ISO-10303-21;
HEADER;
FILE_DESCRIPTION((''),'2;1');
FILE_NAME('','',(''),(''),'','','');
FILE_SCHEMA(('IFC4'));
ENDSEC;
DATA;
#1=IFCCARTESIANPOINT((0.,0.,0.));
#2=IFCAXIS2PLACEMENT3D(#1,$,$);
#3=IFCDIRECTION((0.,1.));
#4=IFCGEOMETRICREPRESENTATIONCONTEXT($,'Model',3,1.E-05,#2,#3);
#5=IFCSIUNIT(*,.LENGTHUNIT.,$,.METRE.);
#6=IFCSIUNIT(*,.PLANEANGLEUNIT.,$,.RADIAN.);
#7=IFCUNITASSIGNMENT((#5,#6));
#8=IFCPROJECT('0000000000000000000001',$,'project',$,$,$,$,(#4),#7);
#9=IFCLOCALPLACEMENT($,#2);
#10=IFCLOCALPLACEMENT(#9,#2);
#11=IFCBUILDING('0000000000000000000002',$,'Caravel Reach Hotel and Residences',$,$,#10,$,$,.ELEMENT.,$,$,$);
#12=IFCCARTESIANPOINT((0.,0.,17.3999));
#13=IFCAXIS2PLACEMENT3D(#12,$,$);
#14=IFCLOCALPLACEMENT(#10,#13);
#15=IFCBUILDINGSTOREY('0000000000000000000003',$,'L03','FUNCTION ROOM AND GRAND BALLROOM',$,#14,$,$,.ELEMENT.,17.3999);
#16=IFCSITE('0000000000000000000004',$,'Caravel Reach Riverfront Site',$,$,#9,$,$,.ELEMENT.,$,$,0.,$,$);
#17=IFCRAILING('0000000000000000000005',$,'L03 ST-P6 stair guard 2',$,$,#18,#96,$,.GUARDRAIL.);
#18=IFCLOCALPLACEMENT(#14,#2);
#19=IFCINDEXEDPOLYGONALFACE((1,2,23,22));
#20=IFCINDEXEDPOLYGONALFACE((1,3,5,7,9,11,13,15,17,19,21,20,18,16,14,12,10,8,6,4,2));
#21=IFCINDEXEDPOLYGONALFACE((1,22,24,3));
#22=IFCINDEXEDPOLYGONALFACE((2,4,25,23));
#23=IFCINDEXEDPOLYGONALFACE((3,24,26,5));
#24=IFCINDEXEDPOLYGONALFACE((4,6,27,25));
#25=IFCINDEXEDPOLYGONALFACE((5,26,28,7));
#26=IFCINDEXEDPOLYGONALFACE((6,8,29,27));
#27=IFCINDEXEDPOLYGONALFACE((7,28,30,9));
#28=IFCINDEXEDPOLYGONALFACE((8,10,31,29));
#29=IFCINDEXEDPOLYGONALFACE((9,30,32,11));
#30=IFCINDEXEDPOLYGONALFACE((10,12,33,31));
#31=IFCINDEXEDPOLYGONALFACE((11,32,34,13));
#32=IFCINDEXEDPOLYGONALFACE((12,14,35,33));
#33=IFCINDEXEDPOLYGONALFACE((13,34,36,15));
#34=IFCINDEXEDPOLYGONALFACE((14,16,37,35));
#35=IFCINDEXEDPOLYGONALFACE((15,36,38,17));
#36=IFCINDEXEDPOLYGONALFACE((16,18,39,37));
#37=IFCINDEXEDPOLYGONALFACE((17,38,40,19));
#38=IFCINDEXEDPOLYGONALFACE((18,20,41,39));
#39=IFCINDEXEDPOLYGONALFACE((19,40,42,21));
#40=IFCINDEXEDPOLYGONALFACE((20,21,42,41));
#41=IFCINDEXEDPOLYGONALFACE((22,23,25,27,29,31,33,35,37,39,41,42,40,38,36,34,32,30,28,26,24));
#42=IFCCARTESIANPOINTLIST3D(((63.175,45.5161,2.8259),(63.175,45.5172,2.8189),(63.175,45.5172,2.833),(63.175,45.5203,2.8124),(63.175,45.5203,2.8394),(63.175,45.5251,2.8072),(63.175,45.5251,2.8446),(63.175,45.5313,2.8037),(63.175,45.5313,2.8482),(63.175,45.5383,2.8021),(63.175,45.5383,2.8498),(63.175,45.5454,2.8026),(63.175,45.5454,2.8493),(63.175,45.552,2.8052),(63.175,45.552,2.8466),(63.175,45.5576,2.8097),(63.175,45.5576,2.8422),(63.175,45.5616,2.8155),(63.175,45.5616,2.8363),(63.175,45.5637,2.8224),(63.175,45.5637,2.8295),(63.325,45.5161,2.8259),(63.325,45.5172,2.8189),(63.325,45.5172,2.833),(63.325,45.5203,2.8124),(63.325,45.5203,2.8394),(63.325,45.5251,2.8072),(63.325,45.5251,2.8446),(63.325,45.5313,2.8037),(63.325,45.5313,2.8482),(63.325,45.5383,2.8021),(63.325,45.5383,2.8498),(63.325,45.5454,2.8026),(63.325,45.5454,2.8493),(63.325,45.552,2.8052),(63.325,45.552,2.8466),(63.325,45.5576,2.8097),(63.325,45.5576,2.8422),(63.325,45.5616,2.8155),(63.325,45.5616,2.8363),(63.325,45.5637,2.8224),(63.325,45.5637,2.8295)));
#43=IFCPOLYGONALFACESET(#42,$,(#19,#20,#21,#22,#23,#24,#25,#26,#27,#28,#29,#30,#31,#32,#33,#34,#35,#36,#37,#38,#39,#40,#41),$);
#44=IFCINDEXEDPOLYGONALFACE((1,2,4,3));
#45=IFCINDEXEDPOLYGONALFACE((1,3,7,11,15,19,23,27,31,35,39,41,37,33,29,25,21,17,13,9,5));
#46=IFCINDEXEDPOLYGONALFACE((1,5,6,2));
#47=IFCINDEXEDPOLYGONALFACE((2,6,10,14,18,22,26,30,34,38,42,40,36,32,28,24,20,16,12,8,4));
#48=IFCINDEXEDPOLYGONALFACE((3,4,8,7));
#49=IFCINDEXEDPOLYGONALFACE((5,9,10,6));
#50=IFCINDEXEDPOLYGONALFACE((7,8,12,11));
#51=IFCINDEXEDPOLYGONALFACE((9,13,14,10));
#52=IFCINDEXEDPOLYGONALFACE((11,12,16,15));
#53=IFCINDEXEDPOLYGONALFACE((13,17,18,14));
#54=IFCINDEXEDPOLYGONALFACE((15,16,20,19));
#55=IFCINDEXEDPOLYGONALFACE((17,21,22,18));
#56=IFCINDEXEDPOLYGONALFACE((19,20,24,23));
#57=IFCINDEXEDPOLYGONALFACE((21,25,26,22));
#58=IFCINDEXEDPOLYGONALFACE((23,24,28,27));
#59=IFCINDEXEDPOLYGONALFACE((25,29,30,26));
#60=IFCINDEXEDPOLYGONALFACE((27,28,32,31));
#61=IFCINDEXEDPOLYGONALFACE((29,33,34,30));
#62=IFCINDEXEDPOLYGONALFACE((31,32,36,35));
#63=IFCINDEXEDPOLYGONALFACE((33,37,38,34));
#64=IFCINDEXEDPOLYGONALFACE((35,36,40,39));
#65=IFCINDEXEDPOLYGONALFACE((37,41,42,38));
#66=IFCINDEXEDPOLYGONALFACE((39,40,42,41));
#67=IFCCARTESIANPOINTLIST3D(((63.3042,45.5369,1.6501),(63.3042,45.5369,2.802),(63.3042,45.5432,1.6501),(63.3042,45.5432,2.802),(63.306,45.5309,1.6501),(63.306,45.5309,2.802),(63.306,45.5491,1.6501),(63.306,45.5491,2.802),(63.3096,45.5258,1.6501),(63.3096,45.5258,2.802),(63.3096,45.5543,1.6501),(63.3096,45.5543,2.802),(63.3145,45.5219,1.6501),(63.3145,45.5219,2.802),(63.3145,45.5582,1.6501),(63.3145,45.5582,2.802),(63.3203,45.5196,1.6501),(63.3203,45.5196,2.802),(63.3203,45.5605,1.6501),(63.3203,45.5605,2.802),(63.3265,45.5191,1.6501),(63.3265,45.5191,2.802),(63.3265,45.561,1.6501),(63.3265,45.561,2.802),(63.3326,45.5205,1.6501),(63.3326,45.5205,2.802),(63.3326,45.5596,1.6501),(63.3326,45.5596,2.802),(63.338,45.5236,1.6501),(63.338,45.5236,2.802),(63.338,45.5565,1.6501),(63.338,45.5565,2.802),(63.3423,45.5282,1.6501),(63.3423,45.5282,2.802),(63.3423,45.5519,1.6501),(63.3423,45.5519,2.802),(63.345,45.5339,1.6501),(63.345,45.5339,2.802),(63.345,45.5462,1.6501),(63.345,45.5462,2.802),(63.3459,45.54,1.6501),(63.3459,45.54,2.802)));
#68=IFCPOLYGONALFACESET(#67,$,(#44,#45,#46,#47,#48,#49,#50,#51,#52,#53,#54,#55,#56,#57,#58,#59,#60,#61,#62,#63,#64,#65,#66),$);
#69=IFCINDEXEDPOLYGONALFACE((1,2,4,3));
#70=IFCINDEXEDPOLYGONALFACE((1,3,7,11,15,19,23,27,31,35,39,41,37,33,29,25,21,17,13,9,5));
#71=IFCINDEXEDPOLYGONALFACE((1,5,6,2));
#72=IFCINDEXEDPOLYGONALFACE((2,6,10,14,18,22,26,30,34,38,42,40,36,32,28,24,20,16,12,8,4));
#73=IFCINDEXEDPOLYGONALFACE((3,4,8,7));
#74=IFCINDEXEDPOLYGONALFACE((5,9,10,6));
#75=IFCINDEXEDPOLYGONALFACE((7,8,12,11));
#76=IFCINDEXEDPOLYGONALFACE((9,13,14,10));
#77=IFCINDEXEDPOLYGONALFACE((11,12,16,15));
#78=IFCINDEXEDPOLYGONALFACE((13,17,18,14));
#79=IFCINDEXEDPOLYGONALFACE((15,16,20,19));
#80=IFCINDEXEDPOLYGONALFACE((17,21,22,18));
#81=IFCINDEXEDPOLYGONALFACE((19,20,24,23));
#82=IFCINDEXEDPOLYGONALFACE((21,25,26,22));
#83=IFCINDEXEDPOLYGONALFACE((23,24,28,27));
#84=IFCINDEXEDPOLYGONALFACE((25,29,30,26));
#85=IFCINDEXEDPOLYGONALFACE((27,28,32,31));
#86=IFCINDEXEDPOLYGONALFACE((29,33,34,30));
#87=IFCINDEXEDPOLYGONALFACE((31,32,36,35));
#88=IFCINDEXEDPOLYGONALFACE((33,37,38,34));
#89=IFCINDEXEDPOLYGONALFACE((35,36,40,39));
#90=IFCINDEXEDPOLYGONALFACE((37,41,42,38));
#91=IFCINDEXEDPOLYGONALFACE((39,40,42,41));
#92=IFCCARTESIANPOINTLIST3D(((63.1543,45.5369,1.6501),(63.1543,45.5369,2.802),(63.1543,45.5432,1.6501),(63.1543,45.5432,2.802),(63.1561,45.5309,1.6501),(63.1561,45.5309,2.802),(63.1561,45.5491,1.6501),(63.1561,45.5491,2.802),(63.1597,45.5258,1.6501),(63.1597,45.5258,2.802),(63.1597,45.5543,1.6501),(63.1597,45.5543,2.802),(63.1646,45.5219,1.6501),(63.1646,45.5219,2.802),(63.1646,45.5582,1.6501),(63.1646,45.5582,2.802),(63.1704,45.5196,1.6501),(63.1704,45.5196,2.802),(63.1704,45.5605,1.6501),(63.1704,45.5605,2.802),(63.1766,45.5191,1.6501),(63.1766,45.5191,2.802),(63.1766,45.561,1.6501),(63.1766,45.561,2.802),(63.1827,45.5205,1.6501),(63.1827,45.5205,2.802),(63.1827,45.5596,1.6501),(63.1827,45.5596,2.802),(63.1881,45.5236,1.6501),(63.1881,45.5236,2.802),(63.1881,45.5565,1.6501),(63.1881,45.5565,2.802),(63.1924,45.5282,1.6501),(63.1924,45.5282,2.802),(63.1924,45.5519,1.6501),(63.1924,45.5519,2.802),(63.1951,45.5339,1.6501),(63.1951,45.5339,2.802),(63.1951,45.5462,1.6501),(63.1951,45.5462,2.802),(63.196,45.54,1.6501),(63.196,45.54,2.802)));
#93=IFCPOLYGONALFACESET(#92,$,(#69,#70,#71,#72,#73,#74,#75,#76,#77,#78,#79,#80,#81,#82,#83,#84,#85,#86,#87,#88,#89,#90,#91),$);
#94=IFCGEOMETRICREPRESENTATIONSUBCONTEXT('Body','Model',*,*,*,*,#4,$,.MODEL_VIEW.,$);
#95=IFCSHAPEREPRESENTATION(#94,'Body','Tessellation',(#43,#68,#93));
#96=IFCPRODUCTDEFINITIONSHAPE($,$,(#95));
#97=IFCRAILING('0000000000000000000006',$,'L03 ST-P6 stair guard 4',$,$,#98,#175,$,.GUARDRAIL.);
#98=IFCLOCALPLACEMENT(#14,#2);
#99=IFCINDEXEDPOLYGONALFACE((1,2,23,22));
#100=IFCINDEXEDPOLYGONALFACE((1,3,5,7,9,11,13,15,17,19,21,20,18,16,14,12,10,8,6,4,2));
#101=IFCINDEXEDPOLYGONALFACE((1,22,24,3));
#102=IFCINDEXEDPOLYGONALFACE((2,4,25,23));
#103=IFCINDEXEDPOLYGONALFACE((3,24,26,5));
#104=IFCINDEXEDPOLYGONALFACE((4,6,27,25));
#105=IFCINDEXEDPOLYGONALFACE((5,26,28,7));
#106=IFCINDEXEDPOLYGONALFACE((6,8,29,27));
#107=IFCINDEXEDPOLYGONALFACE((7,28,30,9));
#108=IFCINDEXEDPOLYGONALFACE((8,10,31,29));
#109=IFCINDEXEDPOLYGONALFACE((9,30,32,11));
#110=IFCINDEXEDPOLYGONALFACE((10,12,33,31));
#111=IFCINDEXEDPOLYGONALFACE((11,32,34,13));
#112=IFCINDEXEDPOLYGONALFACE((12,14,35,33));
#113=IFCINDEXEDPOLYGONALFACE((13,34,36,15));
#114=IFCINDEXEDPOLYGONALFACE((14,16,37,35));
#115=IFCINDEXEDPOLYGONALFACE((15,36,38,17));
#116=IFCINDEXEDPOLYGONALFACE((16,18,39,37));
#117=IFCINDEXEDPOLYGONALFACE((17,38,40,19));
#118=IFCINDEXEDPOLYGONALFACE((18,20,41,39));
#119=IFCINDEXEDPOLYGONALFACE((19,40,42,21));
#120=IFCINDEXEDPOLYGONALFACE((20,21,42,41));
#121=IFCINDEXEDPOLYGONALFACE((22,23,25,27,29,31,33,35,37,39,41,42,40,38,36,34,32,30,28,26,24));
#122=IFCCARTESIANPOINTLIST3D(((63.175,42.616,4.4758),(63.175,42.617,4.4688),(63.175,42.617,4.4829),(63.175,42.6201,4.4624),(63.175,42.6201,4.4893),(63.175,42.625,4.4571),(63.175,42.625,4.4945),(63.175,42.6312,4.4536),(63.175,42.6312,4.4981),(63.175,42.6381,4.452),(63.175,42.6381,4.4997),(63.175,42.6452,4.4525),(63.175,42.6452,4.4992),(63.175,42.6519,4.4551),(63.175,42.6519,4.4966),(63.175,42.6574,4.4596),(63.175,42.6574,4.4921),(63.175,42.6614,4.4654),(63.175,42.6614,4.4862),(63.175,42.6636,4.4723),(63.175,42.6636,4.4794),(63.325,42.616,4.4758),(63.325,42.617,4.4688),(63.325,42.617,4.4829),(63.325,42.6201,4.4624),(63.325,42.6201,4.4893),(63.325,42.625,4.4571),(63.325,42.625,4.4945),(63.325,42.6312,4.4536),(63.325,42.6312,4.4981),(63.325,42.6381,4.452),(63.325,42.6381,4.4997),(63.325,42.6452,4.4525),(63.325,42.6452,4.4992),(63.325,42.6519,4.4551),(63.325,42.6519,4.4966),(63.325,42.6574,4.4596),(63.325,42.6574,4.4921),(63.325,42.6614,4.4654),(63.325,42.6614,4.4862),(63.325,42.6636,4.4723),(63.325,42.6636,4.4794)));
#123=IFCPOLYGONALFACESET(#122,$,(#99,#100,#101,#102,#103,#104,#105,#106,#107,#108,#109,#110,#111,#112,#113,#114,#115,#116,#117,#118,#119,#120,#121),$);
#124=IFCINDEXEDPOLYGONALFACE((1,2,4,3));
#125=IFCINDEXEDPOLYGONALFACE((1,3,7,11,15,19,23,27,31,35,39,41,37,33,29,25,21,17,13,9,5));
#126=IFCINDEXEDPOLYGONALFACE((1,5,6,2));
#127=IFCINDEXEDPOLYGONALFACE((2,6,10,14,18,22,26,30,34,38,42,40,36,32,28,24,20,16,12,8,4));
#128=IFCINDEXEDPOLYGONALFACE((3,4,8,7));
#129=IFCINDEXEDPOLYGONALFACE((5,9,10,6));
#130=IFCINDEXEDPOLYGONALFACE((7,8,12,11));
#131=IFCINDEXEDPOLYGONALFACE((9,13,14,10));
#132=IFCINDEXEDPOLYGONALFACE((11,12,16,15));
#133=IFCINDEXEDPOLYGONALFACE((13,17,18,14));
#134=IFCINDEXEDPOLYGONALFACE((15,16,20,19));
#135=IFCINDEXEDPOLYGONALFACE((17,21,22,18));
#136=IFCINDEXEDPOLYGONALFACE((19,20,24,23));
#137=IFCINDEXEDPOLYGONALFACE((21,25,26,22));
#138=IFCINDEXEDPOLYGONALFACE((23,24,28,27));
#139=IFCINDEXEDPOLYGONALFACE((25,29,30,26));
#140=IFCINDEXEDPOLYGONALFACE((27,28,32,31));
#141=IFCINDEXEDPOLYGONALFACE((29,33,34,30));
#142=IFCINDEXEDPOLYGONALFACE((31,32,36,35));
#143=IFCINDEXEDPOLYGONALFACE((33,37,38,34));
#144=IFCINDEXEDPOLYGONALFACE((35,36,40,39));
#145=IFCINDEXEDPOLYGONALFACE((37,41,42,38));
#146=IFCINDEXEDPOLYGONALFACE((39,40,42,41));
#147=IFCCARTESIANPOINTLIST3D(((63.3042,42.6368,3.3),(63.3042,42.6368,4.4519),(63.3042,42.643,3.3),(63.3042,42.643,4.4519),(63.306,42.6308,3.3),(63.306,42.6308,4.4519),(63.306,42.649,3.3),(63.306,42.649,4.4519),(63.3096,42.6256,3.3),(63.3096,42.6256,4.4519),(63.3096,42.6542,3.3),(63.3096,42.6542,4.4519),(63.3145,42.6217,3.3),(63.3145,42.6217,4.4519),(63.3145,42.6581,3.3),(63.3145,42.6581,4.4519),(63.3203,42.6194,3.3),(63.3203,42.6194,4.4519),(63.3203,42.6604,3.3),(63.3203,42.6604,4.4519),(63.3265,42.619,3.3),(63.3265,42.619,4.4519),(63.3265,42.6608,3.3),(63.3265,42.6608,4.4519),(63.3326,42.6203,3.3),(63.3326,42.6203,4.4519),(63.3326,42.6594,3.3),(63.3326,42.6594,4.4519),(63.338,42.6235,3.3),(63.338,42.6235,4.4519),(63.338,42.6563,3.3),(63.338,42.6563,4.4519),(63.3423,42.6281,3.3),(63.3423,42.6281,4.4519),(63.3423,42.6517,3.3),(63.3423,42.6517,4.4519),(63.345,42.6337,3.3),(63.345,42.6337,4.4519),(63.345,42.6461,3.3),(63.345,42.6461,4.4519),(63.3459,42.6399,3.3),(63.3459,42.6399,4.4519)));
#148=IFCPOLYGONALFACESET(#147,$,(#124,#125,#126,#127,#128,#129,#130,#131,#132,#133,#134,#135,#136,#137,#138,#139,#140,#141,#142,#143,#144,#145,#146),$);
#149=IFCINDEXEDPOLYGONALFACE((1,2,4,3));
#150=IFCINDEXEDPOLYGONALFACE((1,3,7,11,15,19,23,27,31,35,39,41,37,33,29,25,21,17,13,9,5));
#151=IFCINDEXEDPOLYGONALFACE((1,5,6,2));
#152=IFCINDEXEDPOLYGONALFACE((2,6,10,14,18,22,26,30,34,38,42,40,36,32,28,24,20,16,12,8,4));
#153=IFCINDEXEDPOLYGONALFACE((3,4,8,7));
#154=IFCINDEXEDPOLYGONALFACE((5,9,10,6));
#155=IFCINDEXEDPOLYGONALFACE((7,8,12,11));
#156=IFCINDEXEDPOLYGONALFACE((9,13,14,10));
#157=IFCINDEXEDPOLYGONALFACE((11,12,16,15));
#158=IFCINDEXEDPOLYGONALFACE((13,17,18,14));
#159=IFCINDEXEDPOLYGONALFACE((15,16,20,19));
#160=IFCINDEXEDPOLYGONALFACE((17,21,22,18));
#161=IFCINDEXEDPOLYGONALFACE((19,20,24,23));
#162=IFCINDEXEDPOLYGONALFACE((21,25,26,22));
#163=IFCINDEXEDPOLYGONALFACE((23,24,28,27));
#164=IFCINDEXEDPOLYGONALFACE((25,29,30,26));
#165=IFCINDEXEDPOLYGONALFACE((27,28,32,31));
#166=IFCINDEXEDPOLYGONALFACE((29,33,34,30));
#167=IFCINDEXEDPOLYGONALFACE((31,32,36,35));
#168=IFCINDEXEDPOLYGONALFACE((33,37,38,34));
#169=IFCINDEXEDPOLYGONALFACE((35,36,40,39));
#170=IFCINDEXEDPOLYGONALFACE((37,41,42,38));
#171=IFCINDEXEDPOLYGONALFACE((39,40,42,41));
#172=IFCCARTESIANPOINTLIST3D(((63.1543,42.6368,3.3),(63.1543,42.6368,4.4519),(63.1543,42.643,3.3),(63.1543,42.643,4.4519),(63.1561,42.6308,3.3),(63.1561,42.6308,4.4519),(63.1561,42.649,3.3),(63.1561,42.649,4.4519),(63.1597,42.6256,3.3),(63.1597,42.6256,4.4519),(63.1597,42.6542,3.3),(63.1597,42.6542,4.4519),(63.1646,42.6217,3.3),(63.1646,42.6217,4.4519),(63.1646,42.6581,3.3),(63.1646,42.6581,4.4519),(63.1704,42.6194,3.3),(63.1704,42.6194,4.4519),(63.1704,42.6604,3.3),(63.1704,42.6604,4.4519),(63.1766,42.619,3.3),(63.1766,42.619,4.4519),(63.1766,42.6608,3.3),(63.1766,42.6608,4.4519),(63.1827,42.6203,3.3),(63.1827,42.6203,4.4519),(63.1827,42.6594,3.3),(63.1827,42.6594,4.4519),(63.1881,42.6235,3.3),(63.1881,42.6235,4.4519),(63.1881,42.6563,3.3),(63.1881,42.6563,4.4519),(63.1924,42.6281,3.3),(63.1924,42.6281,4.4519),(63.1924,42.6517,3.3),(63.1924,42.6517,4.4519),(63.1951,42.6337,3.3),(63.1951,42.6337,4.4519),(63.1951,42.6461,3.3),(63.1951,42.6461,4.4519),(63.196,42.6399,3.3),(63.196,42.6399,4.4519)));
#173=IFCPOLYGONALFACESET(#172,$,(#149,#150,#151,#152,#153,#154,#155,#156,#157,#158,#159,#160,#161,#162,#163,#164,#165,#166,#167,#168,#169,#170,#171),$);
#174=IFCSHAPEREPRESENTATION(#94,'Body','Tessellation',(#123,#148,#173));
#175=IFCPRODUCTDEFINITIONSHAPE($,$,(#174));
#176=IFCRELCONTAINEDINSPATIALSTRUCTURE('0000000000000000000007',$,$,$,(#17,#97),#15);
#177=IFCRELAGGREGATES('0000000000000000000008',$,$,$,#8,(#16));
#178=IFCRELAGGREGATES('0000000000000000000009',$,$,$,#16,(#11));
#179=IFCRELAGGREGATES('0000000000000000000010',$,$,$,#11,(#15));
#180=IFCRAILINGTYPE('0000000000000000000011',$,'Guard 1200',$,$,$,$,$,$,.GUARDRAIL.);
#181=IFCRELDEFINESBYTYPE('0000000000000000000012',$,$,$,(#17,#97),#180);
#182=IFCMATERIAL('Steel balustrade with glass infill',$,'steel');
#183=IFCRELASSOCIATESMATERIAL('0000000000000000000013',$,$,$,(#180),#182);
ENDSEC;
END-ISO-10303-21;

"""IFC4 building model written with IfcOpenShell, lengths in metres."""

from ifc_helpers import new_model, si_unit, direction, frame, origin, origin_2d, place, context, subcontext, project, spatial, circle, extrude, material, type_object, element, save


model = new_model("IFC4")

# Units and contexts
model_context = context("Model", 3, precision=1e-05, world=origin(), true_north=direction((0.0, 1.0)))
body_context = subcontext(model_context, "Body", "Model", "MODEL_VIEW")
ifc_project = project(units=[si_unit("LENGTHUNIT", "METRE"), si_unit("PLANEANGLEUNIT", "RADIAN")], contexts=[model_context])

# Site, building, storey
site_placement = place(None, origin())
site = spatial("IfcSite", under=ifc_project, at=site_placement, Name="Caravel Reach Riverfront Site", CompositionType="ELEMENT", RefElevation=0.0)
building_placement = place(site_placement, origin())
building = spatial("IfcBuilding", under=site, at=building_placement, Name="Caravel Reach Hotel and Residences", CompositionType="ELEMENT")
storey_placement = place(building_placement, frame((0.0, 0.0, 17.3999)))
storey = spatial("IfcBuildingStorey", under=building, at=storey_placement, Name="L03", Description="FUNCTION ROOM AND GRAND BALLROOM", CompositionType="ELEMENT", Elevation=17.3999)

# Railings
ifc_material_1 = material(Name="Steel balustrade with glass infill", Category="steel")
railing_type_1 = type_object("IfcRailingType", Name="Guard 1200", PredefinedType="GUARDRAIL", material=ifc_material_1)
for number, where, name in (
    (1, (63.325, 45.54, 1.6501), "L03 ST-P6 stair guard 2"),
    (2, (63.325, 42.6399, 3.3), "L03 ST-P6 stair guard 4"),
):
    element("IfcRailing", number, at=place(storey_placement, frame(where)), inside=storey, type_object=railing_type_1, Name=name, PredefinedType="GUARDRAIL", context=body_context, shape_type="SweptSolid", body=[
        extrude(circle(Radius=0.0239, at=origin_2d()), frame((0.0, 0.0, 1.1758), z_axis=(-1.0, 0.0, 0.0), x_axis=(0.0, -1.0, 0.0)), (0.0, 0.0, 1.0), 0.1499),
        extrude(circle(Radius=0.021, at=origin_2d()), origin(), (0.0, 0.0, 1.0), 1.1519),
        extrude(circle(Radius=0.021, at=origin_2d()), frame((-0.1499, 0.0, 0.0)), (0.0, 0.0, 1.0), 1.1519),
    ])

save(model, "model.ifc")
